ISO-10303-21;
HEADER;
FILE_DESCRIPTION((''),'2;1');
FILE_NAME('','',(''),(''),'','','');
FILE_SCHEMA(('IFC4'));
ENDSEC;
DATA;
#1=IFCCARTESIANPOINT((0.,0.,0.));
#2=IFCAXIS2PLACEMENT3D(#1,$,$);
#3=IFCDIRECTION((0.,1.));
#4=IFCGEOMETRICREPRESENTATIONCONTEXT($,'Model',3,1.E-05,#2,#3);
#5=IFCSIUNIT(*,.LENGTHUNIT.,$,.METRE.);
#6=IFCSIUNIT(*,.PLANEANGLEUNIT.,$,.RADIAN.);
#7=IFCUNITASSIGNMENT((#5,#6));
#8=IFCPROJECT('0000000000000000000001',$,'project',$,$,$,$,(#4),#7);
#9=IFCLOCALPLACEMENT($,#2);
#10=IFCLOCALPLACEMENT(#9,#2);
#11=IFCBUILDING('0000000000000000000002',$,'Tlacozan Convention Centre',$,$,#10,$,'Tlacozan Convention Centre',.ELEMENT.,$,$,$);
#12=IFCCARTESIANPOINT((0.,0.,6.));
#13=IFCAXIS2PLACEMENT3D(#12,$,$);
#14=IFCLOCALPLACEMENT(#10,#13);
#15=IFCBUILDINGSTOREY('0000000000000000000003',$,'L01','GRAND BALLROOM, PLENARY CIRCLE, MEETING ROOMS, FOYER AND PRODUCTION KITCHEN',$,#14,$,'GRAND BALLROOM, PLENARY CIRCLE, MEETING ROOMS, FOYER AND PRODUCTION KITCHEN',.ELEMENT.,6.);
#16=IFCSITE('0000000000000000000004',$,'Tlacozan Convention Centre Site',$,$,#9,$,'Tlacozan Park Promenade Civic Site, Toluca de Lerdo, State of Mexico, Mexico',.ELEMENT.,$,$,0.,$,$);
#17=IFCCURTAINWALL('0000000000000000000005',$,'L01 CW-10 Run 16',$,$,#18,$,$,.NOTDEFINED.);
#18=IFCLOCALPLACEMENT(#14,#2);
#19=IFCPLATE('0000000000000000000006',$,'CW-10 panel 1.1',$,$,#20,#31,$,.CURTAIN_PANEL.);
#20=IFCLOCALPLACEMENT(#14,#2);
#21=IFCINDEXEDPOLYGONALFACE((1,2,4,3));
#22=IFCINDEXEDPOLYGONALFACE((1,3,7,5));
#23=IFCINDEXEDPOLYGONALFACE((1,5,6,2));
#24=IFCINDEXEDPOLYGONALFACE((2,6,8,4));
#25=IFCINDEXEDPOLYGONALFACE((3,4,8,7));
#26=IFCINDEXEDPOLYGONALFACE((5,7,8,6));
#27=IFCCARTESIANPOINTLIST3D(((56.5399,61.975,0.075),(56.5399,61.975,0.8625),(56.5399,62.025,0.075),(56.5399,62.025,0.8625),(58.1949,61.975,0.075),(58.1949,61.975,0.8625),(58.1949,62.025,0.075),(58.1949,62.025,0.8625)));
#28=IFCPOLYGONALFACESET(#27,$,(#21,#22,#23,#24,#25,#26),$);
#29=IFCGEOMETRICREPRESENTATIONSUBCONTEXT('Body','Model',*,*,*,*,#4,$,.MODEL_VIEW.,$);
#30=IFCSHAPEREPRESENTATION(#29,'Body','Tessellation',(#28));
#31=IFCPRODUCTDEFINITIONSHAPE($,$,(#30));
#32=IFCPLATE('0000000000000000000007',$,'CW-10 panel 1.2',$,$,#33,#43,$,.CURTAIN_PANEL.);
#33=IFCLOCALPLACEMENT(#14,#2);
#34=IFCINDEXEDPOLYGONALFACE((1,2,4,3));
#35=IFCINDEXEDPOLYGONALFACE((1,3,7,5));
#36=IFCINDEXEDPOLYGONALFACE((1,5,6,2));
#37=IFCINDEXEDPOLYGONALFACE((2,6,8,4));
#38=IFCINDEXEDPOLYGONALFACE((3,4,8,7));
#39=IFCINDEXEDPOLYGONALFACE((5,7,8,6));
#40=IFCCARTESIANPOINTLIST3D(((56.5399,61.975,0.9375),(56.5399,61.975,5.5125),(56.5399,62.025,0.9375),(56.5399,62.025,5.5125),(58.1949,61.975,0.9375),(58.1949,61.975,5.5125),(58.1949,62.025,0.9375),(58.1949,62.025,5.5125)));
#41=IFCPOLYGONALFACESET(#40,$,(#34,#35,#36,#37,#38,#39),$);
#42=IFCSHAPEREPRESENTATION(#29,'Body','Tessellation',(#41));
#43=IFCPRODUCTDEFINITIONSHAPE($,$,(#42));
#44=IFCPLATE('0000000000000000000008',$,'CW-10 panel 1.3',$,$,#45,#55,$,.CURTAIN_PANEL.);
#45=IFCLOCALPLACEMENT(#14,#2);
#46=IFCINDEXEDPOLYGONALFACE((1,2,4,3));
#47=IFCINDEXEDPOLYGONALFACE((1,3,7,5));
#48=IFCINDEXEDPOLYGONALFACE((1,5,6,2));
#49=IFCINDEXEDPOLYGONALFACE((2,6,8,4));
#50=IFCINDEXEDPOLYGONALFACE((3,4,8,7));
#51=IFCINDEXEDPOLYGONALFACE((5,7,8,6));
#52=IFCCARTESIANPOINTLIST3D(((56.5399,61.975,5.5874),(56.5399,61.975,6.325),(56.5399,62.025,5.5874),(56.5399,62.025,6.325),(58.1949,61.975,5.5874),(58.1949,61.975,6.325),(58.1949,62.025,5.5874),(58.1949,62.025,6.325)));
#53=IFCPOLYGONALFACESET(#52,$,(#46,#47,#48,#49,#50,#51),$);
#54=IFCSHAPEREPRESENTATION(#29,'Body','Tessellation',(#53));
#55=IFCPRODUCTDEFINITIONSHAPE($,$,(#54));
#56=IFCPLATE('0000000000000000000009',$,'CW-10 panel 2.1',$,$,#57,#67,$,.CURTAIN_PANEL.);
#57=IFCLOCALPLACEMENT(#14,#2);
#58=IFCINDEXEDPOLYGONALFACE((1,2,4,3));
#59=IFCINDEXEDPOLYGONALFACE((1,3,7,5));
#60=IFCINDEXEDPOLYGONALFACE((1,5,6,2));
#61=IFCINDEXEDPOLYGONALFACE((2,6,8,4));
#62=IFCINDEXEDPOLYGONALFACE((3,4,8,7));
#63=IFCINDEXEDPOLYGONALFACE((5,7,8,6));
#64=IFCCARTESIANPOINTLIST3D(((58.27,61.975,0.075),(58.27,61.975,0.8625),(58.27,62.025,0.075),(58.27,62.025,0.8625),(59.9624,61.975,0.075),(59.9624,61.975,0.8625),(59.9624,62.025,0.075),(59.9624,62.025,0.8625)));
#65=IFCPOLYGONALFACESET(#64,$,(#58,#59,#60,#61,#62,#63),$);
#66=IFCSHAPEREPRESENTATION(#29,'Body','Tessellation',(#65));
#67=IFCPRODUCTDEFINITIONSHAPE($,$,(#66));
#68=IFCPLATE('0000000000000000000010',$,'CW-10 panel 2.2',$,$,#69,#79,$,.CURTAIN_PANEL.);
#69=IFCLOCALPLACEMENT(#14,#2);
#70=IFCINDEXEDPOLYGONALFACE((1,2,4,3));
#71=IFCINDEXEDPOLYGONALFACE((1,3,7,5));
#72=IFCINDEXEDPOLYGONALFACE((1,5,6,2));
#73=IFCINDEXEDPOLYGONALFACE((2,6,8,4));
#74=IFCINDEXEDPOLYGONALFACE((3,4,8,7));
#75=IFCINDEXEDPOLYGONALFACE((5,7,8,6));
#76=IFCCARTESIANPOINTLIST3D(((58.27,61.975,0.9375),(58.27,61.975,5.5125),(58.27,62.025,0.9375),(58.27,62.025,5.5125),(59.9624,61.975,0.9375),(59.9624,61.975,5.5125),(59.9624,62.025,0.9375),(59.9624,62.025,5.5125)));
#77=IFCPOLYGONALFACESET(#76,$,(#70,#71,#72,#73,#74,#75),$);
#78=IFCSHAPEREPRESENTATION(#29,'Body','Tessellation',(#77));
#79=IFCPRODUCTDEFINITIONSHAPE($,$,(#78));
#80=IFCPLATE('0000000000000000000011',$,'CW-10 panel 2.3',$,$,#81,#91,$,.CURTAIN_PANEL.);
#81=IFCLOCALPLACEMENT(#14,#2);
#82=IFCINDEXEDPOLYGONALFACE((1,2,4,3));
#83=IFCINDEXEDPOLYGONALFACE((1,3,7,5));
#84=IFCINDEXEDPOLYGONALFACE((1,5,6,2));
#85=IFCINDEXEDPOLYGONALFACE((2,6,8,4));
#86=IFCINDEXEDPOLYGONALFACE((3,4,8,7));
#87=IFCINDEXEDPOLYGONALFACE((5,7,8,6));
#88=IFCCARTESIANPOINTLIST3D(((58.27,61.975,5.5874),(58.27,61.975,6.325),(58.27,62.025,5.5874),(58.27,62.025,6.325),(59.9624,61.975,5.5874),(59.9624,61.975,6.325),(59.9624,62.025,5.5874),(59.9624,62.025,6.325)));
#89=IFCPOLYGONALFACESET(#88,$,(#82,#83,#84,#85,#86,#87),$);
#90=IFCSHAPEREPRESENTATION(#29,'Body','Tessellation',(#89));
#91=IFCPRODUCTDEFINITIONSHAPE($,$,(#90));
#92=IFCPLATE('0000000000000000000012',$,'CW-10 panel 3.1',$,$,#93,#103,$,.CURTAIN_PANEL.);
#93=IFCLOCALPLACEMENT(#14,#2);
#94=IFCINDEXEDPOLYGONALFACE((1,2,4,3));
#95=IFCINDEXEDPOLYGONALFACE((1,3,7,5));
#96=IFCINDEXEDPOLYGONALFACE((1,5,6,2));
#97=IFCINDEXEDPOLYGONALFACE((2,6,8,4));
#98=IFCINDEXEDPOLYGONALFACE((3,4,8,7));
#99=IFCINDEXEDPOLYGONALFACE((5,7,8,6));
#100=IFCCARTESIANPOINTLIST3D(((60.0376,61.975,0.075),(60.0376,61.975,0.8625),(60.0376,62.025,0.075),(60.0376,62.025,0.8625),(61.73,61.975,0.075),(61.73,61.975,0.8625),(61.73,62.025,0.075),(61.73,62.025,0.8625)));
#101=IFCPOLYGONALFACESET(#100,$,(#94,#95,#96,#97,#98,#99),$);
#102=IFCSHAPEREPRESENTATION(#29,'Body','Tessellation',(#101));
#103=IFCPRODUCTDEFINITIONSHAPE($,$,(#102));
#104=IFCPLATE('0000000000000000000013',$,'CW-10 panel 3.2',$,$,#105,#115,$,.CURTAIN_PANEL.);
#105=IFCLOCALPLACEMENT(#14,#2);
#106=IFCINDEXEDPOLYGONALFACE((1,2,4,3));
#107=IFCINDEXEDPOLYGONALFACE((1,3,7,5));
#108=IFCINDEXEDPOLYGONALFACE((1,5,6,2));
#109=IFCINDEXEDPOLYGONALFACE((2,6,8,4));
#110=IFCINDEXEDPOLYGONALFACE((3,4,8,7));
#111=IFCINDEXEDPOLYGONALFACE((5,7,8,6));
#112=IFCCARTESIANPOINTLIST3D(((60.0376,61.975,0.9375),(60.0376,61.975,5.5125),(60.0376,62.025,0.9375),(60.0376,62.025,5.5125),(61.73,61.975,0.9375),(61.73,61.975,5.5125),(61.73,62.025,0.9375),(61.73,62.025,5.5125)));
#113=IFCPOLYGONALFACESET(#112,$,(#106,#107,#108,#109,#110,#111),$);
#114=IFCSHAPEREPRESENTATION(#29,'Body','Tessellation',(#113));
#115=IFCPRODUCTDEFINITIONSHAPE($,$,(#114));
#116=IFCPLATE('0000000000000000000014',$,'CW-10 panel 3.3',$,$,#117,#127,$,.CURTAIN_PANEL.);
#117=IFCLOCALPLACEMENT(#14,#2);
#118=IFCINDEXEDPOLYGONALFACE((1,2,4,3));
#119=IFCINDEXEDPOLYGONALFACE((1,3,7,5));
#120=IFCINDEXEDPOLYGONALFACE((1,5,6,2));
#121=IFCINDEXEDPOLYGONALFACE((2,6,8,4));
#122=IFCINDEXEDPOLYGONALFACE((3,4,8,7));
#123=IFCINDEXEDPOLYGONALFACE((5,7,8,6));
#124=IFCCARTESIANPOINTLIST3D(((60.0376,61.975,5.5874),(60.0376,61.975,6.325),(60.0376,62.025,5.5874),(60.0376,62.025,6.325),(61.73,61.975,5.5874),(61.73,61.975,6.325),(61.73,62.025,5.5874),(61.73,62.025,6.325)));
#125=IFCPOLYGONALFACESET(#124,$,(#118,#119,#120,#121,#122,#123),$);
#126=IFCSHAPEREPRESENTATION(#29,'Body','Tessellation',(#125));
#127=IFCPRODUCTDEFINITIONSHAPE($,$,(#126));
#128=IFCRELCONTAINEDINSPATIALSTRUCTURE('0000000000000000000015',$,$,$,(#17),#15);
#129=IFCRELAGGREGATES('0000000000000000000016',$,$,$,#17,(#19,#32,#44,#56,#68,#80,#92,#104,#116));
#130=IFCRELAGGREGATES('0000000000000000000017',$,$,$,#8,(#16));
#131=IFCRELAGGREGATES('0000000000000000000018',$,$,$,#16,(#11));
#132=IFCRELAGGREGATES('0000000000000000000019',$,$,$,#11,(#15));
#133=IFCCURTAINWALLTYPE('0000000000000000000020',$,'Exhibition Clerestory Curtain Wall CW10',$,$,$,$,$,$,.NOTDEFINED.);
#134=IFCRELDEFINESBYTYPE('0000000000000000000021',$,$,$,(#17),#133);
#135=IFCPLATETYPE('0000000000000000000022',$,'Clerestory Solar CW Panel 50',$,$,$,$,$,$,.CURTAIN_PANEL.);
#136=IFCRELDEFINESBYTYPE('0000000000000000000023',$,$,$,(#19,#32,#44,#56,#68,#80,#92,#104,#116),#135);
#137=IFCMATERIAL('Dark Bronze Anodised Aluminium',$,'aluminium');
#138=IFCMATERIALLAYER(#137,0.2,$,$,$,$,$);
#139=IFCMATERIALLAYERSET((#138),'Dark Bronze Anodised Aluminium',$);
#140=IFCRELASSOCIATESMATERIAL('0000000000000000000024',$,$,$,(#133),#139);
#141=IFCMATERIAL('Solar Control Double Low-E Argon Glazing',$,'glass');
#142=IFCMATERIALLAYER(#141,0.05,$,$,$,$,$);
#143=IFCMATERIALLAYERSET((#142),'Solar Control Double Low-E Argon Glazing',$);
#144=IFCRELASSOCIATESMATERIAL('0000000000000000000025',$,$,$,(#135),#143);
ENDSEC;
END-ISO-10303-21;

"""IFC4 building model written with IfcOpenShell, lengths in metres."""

from ifc_helpers import new_model, si_unit, direction, frame, origin, origin_2d, place, context, subcontext, project, spatial, rectangle, extrude, material, layer, layer_set, type_object, element, aggregate, save


model = new_model("IFC4")

# Units and contexts
model_context = context("Model", 3, precision=1e-05, world=origin(), true_north=direction((0.0, 1.0)))
body_context = subcontext(model_context, "Body", "Model", "MODEL_VIEW")
ifc_project = project(units=[si_unit("LENGTHUNIT", "METRE"), si_unit("PLANEANGLEUNIT", "RADIAN")], contexts=[model_context])

# Site, building, storey
site_placement = place(None, origin())
site = spatial("IfcSite", under=ifc_project, at=site_placement, Name="Tlacozan Convention Centre Site", LongName="Tlacozan Park Promenade Civic Site, Toluca de Lerdo, State of Mexico, Mexico", CompositionType="ELEMENT", RefElevation=0.0)
building_placement = place(site_placement, origin())
building = spatial("IfcBuilding", under=site, at=building_placement, Name="Tlacozan Convention Centre", LongName="Tlacozan Convention Centre", CompositionType="ELEMENT")
storey_placement = place(building_placement, frame((0.0, 0.0, 6.0)))
storey = spatial("IfcBuildingStorey", under=building, at=storey_placement, Name="L01", Description="GRAND BALLROOM, PLENARY CIRCLE, MEETING ROOMS, FOYER AND PRODUCTION KITCHEN", LongName="GRAND BALLROOM, PLENARY CIRCLE, MEETING ROOMS, FOYER AND PRODUCTION KITCHEN", CompositionType="ELEMENT", Elevation=6.0)

# Curtain wall, plates
ifc_material_1 = material(Name="Dark Bronze Anodised Aluminium", Category="aluminium")
ifc_layer_1 = layer(ifc_material_1, 0.2)
ifc_layer_set_1 = layer_set([ifc_layer_1], Name="Dark Bronze Anodised Aluminium")
curtain_wall_type = type_object("IfcCurtainWallType", Name="Exhibition Clerestory Curtain Wall CW10", PredefinedType="NOTDEFINED", material=ifc_layer_set_1)
curtain_wall_placement = place(storey_placement, origin())
curtain_wall = element("IfcCurtainWall", 1, at=curtain_wall_placement, inside=storey, type_object=curtain_wall_type, Name="L01 CW-10 Run 16", PredefinedType="NOTDEFINED")
ifc_material_2 = material(Name="Solar Control Double Low-E Argon Glazing", Category="glass")
ifc_layer_2 = layer(ifc_material_2, 0.05)
ifc_layer_set_2 = layer_set([ifc_layer_2], Name="Solar Control Double Low-E Argon Glazing")
plate_type = type_object("IfcPlateType", Name="Clerestory Solar CW Panel 50", PredefinedType="CURTAIN_PANEL", material=ifc_layer_set_2)
plate_1_placement = place(storey_placement, frame((57.3674, 62.0, 0.075), z_axis=(0.0, 0.0, 1.0), x_axis=(1.0, 0.0, 0.0)))
plate_1 = element("IfcPlate", 2, at=plate_1_placement, type_object=plate_type, Name="CW-10 panel 1.1", PredefinedType="CURTAIN_PANEL", context=body_context, shape_type="SweptSolid", body=[
    extrude(rectangle(XDim=1.655, YDim=0.05, at=origin_2d()), origin(), (0.0, 0.0, 1.0), 0.7876),
])
plate_2_placement = place(storey_placement, frame((57.3674, 62.0, 0.9375), z_axis=(0.0, 0.0, 1.0), x_axis=(1.0, 0.0, 0.0)))
plate_2 = element("IfcPlate", 3, at=plate_2_placement, type_object=plate_type, Name="CW-10 panel 1.2", PredefinedType="CURTAIN_PANEL", context=body_context, shape_type="SweptSolid", body=[
    extrude(rectangle(XDim=1.655, YDim=0.05, at=origin_2d()), origin(), (0.0, 0.0, 1.0), 4.575),
])
plate_3_placement = place(storey_placement, frame((57.3674, 62.0, 5.5874), z_axis=(0.0, 0.0, 1.0), x_axis=(1.0, 0.0, 0.0)))
plate_3 = element("IfcPlate", 4, at=plate_3_placement, type_object=plate_type, Name="CW-10 panel 1.3", PredefinedType="CURTAIN_PANEL", context=body_context, shape_type="SweptSolid", body=[
    extrude(rectangle(XDim=1.655, YDim=0.05, at=origin_2d()), origin(), (0.0, 0.0, 1.0), 0.7375),
])
plate_4_placement = place(storey_placement, frame((59.1162, 62.0, 0.075), z_axis=(0.0, 0.0, 1.0), x_axis=(1.0, 0.0, 0.0)))
plate_4 = element("IfcPlate", 5, at=plate_4_placement, type_object=plate_type, Name="CW-10 panel 2.1", PredefinedType="CURTAIN_PANEL", context=body_context, shape_type="SweptSolid", body=[
    extrude(rectangle(XDim=1.6924, YDim=0.05, at=origin_2d()), origin(), (0.0, 0.0, 1.0), 0.7876),
])
plate_5_placement = place(storey_placement, frame((59.1162, 62.0, 0.9375), z_axis=(0.0, 0.0, 1.0), x_axis=(1.0, 0.0, 0.0)))
plate_5 = element("IfcPlate", 6, at=plate_5_placement, type_object=plate_type, Name="CW-10 panel 2.2", PredefinedType="CURTAIN_PANEL", context=body_context, shape_type="SweptSolid", body=[
    extrude(rectangle(XDim=1.6924, YDim=0.05, at=origin_2d()), origin(), (0.0, 0.0, 1.0), 4.575),
])
plate_6_placement = place(storey_placement, frame((59.1162, 62.0, 5.5874), z_axis=(0.0, 0.0, 1.0), x_axis=(1.0, 0.0, 0.0)))
plate_6 = element("IfcPlate", 7, at=plate_6_placement, type_object=plate_type, Name="CW-10 panel 2.3", PredefinedType="CURTAIN_PANEL", context=body_context, shape_type="SweptSolid", body=[
    extrude(rectangle(XDim=1.6924, YDim=0.05, at=origin_2d()), origin(), (0.0, 0.0, 1.0), 0.7375),
])
plate_7_placement = place(storey_placement, frame((60.8838, 62.0, 0.075), z_axis=(0.0, 0.0, 1.0), x_axis=(1.0, 0.0, 0.0)))
plate_7 = element("IfcPlate", 8, at=plate_7_placement, type_object=plate_type, Name="CW-10 panel 3.1", PredefinedType="CURTAIN_PANEL", context=body_context, shape_type="SweptSolid", body=[
    extrude(rectangle(XDim=1.6924, YDim=0.05, at=origin_2d()), origin(), (0.0, 0.0, 1.0), 0.7876),
])
plate_8_placement = place(storey_placement, frame((60.8838, 62.0, 0.9375), z_axis=(0.0, 0.0, 1.0), x_axis=(1.0, 0.0, 0.0)))
plate_8 = element("IfcPlate", 9, at=plate_8_placement, type_object=plate_type, Name="CW-10 panel 3.2", PredefinedType="CURTAIN_PANEL", context=body_context, shape_type="SweptSolid", body=[
    extrude(rectangle(XDim=1.6924, YDim=0.05, at=origin_2d()), origin(), (0.0, 0.0, 1.0), 4.575),
])
plate_9_placement = place(storey_placement, frame((60.8838, 62.0, 5.5874), z_axis=(0.0, 0.0, 1.0), x_axis=(1.0, 0.0, 0.0)))
plate_9 = element("IfcPlate", 10, at=plate_9_placement, type_object=plate_type, Name="CW-10 panel 3.3", PredefinedType="CURTAIN_PANEL", context=body_context, shape_type="SweptSolid", body=[
    extrude(rectangle(XDim=1.6924, YDim=0.05, at=origin_2d()), origin(), (0.0, 0.0, 1.0), 0.7375),
])
aggregate(curtain_wall, [plate_1, plate_2, plate_3, plate_4, plate_5, plate_6, plate_7, plate_8, plate_9])

save(model, "model.ifc")
